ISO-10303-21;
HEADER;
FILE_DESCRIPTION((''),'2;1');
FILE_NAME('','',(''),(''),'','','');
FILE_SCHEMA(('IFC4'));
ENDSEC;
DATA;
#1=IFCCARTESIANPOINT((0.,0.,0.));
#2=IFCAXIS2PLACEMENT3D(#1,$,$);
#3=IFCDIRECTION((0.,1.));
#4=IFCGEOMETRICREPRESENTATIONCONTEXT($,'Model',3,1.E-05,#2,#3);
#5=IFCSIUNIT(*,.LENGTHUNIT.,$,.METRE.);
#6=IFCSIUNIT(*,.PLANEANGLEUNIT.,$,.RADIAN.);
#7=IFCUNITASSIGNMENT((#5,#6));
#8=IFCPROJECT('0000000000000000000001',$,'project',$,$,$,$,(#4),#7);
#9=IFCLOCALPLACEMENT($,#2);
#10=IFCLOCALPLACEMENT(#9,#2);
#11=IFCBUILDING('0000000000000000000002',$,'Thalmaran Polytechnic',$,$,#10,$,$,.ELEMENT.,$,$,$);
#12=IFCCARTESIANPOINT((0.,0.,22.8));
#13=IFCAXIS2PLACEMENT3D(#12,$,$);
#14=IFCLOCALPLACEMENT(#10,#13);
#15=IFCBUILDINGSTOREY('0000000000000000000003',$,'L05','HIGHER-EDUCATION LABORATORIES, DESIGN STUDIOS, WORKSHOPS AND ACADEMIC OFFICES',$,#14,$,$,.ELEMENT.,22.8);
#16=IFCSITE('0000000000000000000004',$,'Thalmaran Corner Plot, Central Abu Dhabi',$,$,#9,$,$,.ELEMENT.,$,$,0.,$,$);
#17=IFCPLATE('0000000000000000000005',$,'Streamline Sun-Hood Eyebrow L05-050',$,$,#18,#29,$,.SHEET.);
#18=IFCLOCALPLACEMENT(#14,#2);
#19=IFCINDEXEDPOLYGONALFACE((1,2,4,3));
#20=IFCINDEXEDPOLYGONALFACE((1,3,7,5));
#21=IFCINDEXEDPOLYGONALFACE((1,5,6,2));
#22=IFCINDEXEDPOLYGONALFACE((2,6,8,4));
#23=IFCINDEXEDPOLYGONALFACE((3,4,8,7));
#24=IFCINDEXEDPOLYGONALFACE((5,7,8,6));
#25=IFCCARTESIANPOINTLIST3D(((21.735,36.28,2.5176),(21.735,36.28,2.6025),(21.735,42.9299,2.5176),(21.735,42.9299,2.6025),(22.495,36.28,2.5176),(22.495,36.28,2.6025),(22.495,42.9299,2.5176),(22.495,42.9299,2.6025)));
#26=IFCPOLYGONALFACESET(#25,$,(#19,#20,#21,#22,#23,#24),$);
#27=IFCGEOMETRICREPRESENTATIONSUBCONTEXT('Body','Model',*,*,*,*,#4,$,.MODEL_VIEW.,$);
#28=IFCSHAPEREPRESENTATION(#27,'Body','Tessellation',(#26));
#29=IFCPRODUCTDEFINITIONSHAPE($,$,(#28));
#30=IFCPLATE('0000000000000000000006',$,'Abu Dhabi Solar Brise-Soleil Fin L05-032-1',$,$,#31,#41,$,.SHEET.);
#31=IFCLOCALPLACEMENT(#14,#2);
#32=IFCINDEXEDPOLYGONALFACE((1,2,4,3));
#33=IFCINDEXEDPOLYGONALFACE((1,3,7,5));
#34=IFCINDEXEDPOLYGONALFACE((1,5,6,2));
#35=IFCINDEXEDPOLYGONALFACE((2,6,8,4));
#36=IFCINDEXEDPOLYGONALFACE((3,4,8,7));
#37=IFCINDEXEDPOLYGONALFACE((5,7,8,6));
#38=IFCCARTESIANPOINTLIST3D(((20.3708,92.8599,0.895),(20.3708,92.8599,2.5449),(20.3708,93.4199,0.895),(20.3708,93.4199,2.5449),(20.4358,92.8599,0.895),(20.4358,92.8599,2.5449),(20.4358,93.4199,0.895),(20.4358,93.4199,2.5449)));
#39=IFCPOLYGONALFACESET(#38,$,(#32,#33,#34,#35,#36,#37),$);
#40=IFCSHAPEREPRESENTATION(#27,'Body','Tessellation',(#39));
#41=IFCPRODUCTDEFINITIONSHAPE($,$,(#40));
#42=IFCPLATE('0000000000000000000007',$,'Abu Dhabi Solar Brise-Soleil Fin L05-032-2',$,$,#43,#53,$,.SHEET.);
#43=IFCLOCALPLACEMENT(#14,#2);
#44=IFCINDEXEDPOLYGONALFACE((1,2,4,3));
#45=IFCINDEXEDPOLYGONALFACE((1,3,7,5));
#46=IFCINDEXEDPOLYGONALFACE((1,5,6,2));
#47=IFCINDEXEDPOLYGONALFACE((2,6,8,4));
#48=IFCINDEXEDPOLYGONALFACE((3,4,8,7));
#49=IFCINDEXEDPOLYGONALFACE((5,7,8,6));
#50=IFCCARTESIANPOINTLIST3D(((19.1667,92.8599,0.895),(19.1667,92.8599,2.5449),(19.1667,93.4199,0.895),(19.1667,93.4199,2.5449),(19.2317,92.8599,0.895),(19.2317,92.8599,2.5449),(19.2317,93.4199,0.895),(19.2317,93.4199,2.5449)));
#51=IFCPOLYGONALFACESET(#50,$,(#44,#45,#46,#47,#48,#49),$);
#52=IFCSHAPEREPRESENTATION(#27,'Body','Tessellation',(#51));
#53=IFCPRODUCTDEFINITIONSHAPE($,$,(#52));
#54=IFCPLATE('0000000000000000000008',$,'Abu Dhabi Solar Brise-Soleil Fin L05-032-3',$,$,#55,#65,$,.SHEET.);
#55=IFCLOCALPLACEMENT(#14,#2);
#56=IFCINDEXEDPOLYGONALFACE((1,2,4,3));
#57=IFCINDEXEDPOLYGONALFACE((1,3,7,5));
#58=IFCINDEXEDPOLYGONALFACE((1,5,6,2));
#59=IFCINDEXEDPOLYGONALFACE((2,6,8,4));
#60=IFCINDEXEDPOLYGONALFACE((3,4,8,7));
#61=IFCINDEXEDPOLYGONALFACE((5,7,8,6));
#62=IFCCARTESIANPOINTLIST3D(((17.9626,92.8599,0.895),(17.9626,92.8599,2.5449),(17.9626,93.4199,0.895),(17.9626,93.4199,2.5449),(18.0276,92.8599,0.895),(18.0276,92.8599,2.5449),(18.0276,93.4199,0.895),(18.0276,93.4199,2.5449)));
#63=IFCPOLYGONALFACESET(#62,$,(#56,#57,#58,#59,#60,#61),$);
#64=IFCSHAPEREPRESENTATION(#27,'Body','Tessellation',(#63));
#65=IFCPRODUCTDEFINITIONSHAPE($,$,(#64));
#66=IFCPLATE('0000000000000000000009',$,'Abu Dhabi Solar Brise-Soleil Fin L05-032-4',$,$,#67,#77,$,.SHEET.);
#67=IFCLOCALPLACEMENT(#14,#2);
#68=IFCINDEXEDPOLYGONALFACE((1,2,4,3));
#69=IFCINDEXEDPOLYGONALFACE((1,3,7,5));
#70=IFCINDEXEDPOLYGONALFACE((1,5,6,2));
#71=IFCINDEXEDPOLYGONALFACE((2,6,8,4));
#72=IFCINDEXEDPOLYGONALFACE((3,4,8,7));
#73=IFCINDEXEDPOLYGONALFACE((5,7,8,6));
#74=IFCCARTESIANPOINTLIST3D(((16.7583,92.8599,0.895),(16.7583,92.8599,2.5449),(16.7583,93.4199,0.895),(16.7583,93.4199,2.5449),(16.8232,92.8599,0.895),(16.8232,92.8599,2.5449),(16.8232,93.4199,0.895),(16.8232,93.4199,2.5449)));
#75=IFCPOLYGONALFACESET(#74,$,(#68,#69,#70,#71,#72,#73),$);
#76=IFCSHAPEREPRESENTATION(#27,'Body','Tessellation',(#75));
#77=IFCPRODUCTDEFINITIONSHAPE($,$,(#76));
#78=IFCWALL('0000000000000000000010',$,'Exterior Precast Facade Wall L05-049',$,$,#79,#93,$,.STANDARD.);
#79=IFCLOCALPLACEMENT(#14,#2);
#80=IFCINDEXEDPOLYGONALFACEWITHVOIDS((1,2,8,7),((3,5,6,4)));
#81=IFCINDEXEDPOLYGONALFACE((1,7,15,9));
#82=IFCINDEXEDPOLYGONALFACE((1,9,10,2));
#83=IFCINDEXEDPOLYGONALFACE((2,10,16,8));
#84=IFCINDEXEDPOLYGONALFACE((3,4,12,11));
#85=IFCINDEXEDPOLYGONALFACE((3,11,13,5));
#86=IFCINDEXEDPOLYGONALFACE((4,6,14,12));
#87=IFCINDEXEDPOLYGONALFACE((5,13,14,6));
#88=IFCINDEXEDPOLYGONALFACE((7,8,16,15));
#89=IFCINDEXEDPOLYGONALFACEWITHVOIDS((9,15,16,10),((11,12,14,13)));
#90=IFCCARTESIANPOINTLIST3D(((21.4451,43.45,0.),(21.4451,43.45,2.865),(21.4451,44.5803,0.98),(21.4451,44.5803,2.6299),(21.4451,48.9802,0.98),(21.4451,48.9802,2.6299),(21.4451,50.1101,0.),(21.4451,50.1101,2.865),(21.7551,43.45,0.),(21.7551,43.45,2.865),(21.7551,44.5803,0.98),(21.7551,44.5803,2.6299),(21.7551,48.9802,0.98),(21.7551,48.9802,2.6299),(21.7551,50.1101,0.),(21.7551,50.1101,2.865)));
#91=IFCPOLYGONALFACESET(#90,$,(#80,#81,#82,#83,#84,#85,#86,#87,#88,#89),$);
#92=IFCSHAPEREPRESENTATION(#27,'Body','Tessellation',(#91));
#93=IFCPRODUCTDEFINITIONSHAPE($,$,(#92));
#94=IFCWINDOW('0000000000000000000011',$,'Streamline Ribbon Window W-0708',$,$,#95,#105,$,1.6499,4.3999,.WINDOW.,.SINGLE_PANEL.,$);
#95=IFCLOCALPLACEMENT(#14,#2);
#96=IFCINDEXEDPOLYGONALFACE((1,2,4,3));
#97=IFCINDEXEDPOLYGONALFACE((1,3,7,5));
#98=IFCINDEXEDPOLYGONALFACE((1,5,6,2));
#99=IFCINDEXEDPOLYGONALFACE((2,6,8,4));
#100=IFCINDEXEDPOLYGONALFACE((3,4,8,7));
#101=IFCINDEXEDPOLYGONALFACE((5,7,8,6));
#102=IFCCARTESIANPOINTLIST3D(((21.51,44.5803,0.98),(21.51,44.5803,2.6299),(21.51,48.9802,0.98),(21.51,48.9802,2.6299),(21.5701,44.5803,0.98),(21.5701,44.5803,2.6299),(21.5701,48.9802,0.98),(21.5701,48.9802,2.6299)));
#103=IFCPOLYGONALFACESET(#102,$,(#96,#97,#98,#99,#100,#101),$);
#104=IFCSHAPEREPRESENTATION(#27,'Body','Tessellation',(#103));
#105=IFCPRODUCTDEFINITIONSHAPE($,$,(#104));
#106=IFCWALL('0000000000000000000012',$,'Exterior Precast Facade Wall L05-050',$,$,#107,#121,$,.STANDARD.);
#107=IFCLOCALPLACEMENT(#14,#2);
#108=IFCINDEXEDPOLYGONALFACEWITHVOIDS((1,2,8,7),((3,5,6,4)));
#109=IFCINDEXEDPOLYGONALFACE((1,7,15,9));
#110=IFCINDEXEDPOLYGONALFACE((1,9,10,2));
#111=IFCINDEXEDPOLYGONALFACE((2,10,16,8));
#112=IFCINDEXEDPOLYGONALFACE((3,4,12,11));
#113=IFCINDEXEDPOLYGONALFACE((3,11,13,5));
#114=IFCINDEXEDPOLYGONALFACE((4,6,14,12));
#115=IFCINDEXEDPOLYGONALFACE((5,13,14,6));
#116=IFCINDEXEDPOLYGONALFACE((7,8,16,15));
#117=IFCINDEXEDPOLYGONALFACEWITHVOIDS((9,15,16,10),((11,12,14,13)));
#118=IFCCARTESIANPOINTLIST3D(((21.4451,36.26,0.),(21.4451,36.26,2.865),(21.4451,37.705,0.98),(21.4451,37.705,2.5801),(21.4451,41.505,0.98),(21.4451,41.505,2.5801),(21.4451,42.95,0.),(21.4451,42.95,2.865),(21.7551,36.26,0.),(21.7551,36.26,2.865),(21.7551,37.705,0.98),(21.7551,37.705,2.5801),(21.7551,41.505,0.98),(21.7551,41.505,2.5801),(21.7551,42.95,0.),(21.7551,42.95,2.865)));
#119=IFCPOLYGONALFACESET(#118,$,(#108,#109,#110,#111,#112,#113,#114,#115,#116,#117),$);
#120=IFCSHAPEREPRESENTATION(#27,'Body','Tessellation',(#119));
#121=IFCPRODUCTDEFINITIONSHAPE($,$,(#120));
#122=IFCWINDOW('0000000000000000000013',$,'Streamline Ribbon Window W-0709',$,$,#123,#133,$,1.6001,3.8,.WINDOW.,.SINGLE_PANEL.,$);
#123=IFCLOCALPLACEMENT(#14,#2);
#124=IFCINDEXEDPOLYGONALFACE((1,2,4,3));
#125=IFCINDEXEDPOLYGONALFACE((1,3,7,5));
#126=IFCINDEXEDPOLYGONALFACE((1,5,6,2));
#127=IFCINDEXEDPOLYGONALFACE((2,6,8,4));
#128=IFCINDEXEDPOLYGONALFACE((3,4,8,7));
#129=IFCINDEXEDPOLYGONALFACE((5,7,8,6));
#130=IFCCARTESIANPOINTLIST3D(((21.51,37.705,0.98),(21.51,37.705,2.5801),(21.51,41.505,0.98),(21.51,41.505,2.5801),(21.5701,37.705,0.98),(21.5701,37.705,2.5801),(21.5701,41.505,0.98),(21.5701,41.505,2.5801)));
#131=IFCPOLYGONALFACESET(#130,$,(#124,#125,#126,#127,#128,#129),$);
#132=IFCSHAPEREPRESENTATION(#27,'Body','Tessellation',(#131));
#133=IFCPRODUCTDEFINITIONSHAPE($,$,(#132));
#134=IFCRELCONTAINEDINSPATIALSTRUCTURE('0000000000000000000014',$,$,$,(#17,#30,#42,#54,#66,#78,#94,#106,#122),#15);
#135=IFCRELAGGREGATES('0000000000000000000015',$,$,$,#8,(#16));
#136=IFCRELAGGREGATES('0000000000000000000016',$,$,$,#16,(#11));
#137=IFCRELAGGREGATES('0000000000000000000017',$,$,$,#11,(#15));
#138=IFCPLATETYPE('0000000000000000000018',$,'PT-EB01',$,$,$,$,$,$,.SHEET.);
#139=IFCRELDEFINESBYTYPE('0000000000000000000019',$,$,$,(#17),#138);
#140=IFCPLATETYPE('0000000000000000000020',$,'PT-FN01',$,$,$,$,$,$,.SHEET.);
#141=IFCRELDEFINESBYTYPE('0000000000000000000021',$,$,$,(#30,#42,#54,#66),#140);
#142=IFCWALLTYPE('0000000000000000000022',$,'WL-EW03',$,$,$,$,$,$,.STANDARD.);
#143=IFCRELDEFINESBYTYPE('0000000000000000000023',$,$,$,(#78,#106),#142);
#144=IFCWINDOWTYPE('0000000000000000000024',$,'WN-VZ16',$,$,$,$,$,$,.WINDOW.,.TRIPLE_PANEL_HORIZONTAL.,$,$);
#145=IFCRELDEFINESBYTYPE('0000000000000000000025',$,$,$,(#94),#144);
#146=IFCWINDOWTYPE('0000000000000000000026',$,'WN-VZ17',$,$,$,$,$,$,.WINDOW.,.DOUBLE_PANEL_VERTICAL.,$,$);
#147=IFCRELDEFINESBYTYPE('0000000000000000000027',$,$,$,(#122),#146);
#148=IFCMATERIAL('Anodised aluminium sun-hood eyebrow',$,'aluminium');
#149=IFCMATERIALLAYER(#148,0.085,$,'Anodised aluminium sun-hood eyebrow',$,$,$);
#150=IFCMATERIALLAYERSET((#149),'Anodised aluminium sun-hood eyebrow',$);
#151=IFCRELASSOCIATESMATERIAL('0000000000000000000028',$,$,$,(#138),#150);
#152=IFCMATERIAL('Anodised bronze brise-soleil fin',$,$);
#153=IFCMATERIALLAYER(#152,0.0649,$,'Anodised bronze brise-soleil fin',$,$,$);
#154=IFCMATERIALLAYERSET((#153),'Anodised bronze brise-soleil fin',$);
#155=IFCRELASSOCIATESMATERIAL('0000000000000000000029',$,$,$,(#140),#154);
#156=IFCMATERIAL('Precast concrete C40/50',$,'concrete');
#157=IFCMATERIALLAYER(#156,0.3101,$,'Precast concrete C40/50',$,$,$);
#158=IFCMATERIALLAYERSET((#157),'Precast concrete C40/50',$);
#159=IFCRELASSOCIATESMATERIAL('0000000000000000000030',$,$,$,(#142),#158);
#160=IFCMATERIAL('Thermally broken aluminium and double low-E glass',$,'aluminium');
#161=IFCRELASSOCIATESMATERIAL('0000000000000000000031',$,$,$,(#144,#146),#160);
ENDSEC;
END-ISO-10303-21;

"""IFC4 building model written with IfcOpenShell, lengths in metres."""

from ifc_helpers import new_model, si_unit, direction, frame, frame_2d, origin, origin_2d, place, context, subcontext, project, spatial, rectangle, extrude, material, layer, layer_set, type_object, element, fill, save


model = new_model("IFC4")

# Units and contexts
model_context = context("Model", 3, precision=1e-05, world=origin(), true_north=direction((0.0, 1.0)))
body_context = subcontext(model_context, "Body", "Model", "MODEL_VIEW")
ifc_project = project(units=[si_unit("LENGTHUNIT", "METRE"), si_unit("PLANEANGLEUNIT", "RADIAN")], contexts=[model_context])

# Site, building, storey
site_placement = place(None, origin())
site = spatial("IfcSite", under=ifc_project, at=site_placement, Name="Thalmaran Corner Plot, Central Abu Dhabi", CompositionType="ELEMENT", RefElevation=0.0)
building_placement = place(site_placement, origin())
building = spatial("IfcBuilding", under=site, at=building_placement, Name="Thalmaran Polytechnic", CompositionType="ELEMENT")
storey_placement = place(building_placement, frame((0.0, 0.0, 22.8)))
storey = spatial("IfcBuildingStorey", under=building, at=storey_placement, Name="L05", Description="HIGHER-EDUCATION LABORATORIES, DESIGN STUDIOS, WORKSHOPS AND ACADEMIC OFFICES", CompositionType="ELEMENT", Elevation=22.8)

# Plates
ifc_material_1 = material(Name="Anodised aluminium sun-hood eyebrow", Category="aluminium")
ifc_layer_1 = layer(ifc_material_1, 0.085, Name="Anodised aluminium sun-hood eyebrow")
ifc_layer_set_1 = layer_set([ifc_layer_1], Name="Anodised aluminium sun-hood eyebrow")
plate_type_1 = type_object("IfcPlateType", Name="PT-EB01", PredefinedType="SHEET", material=ifc_layer_set_1)
plate_1_placement = place(storey_placement, frame((22.115, 39.605, 2.5176), z_axis=(0.0, 0.0, 1.0), x_axis=(0.0, -1.0, 0.0)))
element("IfcPlate", 1, at=plate_1_placement, inside=storey, type_object=plate_type_1, Name="Streamline Sun-Hood Eyebrow L05-050", PredefinedType="SHEET", context=body_context, shape_type="SweptSolid", body=[
    extrude(rectangle(XDim=6.6499, YDim=0.76, at=origin_2d()), origin(), (0.0, 0.0, 1.0), 0.085),
])
ifc_material_2 = material(Name="Anodised bronze brise-soleil fin")
ifc_layer_2 = layer(ifc_material_2, 0.0649, Name="Anodised bronze brise-soleil fin")
ifc_layer_set_2 = layer_set([ifc_layer_2], Name="Anodised bronze brise-soleil fin")
plate_type_2 = type_object("IfcPlateType", Name="PT-FN01", PredefinedType="SHEET", material=ifc_layer_set_2)
for number, where, z_axis, x_axis, name in (
    (2, (20.4033, 93.1399, 0.895), (0.0, 0.0, 1.0), (-1.0, 0.0, 0.0), "Abu Dhabi Solar Brise-Soleil Fin L05-032-1"),
    (3, (19.1992, 93.1399, 0.895), (0.0, 0.0, 1.0), (-1.0, 0.0, 0.0), "Abu Dhabi Solar Brise-Soleil Fin L05-032-2"),
    (4, (17.9951, 93.1399, 0.895), (0.0, 0.0, 1.0), (-1.0, 0.0, 0.0), "Abu Dhabi Solar Brise-Soleil Fin L05-032-3"),
    (5, (16.7908, 93.1399, 0.895), (0.0, 0.0, 1.0), (-1.0, 0.0, 0.0), "Abu Dhabi Solar Brise-Soleil Fin L05-032-4"),
):
    element("IfcPlate", number, at=place(storey_placement, frame(where, z_axis=z_axis, x_axis=x_axis)), inside=storey, type_object=plate_type_2, Name=name, PredefinedType="SHEET", context=body_context, shape_type="SweptSolid", body=[
        extrude(rectangle(XDim=0.0649, YDim=0.5601, at=origin_2d()), origin(), (0.0, 0.0, 1.0), 1.6499),
    ])

# Walls, openings, windows
ifc_material_3 = material(Name="Precast concrete C40/50", Category="concrete")
ifc_layer_3 = layer(ifc_material_3, 0.3101, Name="Precast concrete C40/50")
ifc_layer_set_3 = layer_set([ifc_layer_3], Name="Precast concrete C40/50")
wall_type = type_object("IfcWallType", Name="WL-EW03", PredefinedType="STANDARD", material=ifc_layer_set_3)
wall_1_placement = place(storey_placement, frame((21.6001, 50.1101, 0.0), z_axis=(0.0, 0.0, 1.0), x_axis=(0.0, -1.0, 0.0)))
wall_1 = element("IfcWall", 6, at=wall_1_placement, inside=storey, type_object=wall_type, Name="Exterior Precast Facade Wall L05-049", PredefinedType="STANDARD", context=body_context, shape_type="SweptSolid", body=[
    extrude(rectangle(XDim=6.6602, YDim=0.3101, at=frame_2d((3.3301, 0.0))), origin(), (0.0, 0.0, 1.0), 2.865),
])
opening_1_placement = place(wall_1_placement, frame((1.1299, 0.0, 0.98)))
opening_1 = element("IfcOpeningElement", 7, at=opening_1_placement, cuts=wall_1, PredefinedType="OPENING", context=body_context, shape_type="SweptSolid", body=[
    extrude(rectangle(XDim=4.3999, YDim=1.6499, at=frame_2d((2.2, 0.825))), frame((0.0, 0.165, 0.0), z_axis=(0.0, -1.0, 0.0), x_axis=(1.0, 0.0, 0.0)), (0.0, 0.0, 1.0), 0.3301),
])
ifc_material_4 = material(Name="Thermally broken aluminium and double low-E glass", Category="aluminium")
window_type_1 = type_object("IfcWindowType", Name="WN-VZ16", PartitioningType="TRIPLE_PANEL_HORIZONTAL", PredefinedType="WINDOW", material=ifc_material_4)
window_1_placement = place(opening_1_placement, origin())
window_1 = element("IfcWindow", 8, at=window_1_placement, inside=storey, type_object=window_type_1, Name="Streamline Ribbon Window W-0708", OverallHeight=1.6499, OverallWidth=4.3999, PartitioningType="SINGLE_PANEL", PredefinedType="WINDOW", context=body_context, shape_type="SweptSolid", body=[
    extrude(rectangle(XDim=4.3999, YDim=1.6499, at=frame_2d((2.2, 0.825))), frame((0.0, -0.03, 0.0), z_axis=(0.0, -1.0, 0.0), x_axis=(1.0, 0.0, 0.0)), (0.0, 0.0, 1.0), 0.0601),
])
fill(opening_1, window_1)
wall_2_placement = place(storey_placement, frame((21.6001, 42.95, 0.0), z_axis=(0.0, 0.0, 1.0), x_axis=(0.0, -1.0, 0.0)))
wall_2 = element("IfcWall", 9, at=wall_2_placement, inside=storey, type_object=wall_type, Name="Exterior Precast Facade Wall L05-050", PredefinedType="STANDARD", context=body_context, shape_type="SweptSolid", body=[
    extrude(rectangle(XDim=6.6899, YDim=0.3101, at=frame_2d((3.345, 0.0))), origin(), (0.0, 0.0, 1.0), 2.865),
])
opening_2_placement = place(wall_2_placement, frame((1.4451, 0.0, 0.98)))
opening_2 = element("IfcOpeningElement", 10, at=opening_2_placement, cuts=wall_2, PredefinedType="OPENING", context=body_context, shape_type="SweptSolid", body=[
    extrude(rectangle(XDim=3.8, YDim=1.6001, at=frame_2d((1.8999, 0.8))), frame((0.0, 0.165, 0.0), z_axis=(0.0, -1.0, 0.0), x_axis=(1.0, 0.0, 0.0)), (0.0, 0.0, 1.0), 0.3301),
])
window_type_2 = type_object("IfcWindowType", Name="WN-VZ17", PartitioningType="DOUBLE_PANEL_VERTICAL", PredefinedType="WINDOW", material=ifc_material_4)
window_2_placement = place(opening_2_placement, origin())
window_2 = element("IfcWindow", 11, at=window_2_placement, inside=storey, type_object=window_type_2, Name="Streamline Ribbon Window W-0709", OverallHeight=1.6001, OverallWidth=3.8, PartitioningType="SINGLE_PANEL", PredefinedType="WINDOW", context=body_context, shape_type="SweptSolid", body=[
    extrude(rectangle(XDim=3.8, YDim=1.6001, at=frame_2d((1.8999, 0.8))), frame((0.0, -0.03, 0.0), z_axis=(0.0, -1.0, 0.0), x_axis=(1.0, 0.0, 0.0)), (0.0, 0.0, 1.0), 0.0601),
])
fill(opening_2, window_2)

save(model, "model.ifc")
